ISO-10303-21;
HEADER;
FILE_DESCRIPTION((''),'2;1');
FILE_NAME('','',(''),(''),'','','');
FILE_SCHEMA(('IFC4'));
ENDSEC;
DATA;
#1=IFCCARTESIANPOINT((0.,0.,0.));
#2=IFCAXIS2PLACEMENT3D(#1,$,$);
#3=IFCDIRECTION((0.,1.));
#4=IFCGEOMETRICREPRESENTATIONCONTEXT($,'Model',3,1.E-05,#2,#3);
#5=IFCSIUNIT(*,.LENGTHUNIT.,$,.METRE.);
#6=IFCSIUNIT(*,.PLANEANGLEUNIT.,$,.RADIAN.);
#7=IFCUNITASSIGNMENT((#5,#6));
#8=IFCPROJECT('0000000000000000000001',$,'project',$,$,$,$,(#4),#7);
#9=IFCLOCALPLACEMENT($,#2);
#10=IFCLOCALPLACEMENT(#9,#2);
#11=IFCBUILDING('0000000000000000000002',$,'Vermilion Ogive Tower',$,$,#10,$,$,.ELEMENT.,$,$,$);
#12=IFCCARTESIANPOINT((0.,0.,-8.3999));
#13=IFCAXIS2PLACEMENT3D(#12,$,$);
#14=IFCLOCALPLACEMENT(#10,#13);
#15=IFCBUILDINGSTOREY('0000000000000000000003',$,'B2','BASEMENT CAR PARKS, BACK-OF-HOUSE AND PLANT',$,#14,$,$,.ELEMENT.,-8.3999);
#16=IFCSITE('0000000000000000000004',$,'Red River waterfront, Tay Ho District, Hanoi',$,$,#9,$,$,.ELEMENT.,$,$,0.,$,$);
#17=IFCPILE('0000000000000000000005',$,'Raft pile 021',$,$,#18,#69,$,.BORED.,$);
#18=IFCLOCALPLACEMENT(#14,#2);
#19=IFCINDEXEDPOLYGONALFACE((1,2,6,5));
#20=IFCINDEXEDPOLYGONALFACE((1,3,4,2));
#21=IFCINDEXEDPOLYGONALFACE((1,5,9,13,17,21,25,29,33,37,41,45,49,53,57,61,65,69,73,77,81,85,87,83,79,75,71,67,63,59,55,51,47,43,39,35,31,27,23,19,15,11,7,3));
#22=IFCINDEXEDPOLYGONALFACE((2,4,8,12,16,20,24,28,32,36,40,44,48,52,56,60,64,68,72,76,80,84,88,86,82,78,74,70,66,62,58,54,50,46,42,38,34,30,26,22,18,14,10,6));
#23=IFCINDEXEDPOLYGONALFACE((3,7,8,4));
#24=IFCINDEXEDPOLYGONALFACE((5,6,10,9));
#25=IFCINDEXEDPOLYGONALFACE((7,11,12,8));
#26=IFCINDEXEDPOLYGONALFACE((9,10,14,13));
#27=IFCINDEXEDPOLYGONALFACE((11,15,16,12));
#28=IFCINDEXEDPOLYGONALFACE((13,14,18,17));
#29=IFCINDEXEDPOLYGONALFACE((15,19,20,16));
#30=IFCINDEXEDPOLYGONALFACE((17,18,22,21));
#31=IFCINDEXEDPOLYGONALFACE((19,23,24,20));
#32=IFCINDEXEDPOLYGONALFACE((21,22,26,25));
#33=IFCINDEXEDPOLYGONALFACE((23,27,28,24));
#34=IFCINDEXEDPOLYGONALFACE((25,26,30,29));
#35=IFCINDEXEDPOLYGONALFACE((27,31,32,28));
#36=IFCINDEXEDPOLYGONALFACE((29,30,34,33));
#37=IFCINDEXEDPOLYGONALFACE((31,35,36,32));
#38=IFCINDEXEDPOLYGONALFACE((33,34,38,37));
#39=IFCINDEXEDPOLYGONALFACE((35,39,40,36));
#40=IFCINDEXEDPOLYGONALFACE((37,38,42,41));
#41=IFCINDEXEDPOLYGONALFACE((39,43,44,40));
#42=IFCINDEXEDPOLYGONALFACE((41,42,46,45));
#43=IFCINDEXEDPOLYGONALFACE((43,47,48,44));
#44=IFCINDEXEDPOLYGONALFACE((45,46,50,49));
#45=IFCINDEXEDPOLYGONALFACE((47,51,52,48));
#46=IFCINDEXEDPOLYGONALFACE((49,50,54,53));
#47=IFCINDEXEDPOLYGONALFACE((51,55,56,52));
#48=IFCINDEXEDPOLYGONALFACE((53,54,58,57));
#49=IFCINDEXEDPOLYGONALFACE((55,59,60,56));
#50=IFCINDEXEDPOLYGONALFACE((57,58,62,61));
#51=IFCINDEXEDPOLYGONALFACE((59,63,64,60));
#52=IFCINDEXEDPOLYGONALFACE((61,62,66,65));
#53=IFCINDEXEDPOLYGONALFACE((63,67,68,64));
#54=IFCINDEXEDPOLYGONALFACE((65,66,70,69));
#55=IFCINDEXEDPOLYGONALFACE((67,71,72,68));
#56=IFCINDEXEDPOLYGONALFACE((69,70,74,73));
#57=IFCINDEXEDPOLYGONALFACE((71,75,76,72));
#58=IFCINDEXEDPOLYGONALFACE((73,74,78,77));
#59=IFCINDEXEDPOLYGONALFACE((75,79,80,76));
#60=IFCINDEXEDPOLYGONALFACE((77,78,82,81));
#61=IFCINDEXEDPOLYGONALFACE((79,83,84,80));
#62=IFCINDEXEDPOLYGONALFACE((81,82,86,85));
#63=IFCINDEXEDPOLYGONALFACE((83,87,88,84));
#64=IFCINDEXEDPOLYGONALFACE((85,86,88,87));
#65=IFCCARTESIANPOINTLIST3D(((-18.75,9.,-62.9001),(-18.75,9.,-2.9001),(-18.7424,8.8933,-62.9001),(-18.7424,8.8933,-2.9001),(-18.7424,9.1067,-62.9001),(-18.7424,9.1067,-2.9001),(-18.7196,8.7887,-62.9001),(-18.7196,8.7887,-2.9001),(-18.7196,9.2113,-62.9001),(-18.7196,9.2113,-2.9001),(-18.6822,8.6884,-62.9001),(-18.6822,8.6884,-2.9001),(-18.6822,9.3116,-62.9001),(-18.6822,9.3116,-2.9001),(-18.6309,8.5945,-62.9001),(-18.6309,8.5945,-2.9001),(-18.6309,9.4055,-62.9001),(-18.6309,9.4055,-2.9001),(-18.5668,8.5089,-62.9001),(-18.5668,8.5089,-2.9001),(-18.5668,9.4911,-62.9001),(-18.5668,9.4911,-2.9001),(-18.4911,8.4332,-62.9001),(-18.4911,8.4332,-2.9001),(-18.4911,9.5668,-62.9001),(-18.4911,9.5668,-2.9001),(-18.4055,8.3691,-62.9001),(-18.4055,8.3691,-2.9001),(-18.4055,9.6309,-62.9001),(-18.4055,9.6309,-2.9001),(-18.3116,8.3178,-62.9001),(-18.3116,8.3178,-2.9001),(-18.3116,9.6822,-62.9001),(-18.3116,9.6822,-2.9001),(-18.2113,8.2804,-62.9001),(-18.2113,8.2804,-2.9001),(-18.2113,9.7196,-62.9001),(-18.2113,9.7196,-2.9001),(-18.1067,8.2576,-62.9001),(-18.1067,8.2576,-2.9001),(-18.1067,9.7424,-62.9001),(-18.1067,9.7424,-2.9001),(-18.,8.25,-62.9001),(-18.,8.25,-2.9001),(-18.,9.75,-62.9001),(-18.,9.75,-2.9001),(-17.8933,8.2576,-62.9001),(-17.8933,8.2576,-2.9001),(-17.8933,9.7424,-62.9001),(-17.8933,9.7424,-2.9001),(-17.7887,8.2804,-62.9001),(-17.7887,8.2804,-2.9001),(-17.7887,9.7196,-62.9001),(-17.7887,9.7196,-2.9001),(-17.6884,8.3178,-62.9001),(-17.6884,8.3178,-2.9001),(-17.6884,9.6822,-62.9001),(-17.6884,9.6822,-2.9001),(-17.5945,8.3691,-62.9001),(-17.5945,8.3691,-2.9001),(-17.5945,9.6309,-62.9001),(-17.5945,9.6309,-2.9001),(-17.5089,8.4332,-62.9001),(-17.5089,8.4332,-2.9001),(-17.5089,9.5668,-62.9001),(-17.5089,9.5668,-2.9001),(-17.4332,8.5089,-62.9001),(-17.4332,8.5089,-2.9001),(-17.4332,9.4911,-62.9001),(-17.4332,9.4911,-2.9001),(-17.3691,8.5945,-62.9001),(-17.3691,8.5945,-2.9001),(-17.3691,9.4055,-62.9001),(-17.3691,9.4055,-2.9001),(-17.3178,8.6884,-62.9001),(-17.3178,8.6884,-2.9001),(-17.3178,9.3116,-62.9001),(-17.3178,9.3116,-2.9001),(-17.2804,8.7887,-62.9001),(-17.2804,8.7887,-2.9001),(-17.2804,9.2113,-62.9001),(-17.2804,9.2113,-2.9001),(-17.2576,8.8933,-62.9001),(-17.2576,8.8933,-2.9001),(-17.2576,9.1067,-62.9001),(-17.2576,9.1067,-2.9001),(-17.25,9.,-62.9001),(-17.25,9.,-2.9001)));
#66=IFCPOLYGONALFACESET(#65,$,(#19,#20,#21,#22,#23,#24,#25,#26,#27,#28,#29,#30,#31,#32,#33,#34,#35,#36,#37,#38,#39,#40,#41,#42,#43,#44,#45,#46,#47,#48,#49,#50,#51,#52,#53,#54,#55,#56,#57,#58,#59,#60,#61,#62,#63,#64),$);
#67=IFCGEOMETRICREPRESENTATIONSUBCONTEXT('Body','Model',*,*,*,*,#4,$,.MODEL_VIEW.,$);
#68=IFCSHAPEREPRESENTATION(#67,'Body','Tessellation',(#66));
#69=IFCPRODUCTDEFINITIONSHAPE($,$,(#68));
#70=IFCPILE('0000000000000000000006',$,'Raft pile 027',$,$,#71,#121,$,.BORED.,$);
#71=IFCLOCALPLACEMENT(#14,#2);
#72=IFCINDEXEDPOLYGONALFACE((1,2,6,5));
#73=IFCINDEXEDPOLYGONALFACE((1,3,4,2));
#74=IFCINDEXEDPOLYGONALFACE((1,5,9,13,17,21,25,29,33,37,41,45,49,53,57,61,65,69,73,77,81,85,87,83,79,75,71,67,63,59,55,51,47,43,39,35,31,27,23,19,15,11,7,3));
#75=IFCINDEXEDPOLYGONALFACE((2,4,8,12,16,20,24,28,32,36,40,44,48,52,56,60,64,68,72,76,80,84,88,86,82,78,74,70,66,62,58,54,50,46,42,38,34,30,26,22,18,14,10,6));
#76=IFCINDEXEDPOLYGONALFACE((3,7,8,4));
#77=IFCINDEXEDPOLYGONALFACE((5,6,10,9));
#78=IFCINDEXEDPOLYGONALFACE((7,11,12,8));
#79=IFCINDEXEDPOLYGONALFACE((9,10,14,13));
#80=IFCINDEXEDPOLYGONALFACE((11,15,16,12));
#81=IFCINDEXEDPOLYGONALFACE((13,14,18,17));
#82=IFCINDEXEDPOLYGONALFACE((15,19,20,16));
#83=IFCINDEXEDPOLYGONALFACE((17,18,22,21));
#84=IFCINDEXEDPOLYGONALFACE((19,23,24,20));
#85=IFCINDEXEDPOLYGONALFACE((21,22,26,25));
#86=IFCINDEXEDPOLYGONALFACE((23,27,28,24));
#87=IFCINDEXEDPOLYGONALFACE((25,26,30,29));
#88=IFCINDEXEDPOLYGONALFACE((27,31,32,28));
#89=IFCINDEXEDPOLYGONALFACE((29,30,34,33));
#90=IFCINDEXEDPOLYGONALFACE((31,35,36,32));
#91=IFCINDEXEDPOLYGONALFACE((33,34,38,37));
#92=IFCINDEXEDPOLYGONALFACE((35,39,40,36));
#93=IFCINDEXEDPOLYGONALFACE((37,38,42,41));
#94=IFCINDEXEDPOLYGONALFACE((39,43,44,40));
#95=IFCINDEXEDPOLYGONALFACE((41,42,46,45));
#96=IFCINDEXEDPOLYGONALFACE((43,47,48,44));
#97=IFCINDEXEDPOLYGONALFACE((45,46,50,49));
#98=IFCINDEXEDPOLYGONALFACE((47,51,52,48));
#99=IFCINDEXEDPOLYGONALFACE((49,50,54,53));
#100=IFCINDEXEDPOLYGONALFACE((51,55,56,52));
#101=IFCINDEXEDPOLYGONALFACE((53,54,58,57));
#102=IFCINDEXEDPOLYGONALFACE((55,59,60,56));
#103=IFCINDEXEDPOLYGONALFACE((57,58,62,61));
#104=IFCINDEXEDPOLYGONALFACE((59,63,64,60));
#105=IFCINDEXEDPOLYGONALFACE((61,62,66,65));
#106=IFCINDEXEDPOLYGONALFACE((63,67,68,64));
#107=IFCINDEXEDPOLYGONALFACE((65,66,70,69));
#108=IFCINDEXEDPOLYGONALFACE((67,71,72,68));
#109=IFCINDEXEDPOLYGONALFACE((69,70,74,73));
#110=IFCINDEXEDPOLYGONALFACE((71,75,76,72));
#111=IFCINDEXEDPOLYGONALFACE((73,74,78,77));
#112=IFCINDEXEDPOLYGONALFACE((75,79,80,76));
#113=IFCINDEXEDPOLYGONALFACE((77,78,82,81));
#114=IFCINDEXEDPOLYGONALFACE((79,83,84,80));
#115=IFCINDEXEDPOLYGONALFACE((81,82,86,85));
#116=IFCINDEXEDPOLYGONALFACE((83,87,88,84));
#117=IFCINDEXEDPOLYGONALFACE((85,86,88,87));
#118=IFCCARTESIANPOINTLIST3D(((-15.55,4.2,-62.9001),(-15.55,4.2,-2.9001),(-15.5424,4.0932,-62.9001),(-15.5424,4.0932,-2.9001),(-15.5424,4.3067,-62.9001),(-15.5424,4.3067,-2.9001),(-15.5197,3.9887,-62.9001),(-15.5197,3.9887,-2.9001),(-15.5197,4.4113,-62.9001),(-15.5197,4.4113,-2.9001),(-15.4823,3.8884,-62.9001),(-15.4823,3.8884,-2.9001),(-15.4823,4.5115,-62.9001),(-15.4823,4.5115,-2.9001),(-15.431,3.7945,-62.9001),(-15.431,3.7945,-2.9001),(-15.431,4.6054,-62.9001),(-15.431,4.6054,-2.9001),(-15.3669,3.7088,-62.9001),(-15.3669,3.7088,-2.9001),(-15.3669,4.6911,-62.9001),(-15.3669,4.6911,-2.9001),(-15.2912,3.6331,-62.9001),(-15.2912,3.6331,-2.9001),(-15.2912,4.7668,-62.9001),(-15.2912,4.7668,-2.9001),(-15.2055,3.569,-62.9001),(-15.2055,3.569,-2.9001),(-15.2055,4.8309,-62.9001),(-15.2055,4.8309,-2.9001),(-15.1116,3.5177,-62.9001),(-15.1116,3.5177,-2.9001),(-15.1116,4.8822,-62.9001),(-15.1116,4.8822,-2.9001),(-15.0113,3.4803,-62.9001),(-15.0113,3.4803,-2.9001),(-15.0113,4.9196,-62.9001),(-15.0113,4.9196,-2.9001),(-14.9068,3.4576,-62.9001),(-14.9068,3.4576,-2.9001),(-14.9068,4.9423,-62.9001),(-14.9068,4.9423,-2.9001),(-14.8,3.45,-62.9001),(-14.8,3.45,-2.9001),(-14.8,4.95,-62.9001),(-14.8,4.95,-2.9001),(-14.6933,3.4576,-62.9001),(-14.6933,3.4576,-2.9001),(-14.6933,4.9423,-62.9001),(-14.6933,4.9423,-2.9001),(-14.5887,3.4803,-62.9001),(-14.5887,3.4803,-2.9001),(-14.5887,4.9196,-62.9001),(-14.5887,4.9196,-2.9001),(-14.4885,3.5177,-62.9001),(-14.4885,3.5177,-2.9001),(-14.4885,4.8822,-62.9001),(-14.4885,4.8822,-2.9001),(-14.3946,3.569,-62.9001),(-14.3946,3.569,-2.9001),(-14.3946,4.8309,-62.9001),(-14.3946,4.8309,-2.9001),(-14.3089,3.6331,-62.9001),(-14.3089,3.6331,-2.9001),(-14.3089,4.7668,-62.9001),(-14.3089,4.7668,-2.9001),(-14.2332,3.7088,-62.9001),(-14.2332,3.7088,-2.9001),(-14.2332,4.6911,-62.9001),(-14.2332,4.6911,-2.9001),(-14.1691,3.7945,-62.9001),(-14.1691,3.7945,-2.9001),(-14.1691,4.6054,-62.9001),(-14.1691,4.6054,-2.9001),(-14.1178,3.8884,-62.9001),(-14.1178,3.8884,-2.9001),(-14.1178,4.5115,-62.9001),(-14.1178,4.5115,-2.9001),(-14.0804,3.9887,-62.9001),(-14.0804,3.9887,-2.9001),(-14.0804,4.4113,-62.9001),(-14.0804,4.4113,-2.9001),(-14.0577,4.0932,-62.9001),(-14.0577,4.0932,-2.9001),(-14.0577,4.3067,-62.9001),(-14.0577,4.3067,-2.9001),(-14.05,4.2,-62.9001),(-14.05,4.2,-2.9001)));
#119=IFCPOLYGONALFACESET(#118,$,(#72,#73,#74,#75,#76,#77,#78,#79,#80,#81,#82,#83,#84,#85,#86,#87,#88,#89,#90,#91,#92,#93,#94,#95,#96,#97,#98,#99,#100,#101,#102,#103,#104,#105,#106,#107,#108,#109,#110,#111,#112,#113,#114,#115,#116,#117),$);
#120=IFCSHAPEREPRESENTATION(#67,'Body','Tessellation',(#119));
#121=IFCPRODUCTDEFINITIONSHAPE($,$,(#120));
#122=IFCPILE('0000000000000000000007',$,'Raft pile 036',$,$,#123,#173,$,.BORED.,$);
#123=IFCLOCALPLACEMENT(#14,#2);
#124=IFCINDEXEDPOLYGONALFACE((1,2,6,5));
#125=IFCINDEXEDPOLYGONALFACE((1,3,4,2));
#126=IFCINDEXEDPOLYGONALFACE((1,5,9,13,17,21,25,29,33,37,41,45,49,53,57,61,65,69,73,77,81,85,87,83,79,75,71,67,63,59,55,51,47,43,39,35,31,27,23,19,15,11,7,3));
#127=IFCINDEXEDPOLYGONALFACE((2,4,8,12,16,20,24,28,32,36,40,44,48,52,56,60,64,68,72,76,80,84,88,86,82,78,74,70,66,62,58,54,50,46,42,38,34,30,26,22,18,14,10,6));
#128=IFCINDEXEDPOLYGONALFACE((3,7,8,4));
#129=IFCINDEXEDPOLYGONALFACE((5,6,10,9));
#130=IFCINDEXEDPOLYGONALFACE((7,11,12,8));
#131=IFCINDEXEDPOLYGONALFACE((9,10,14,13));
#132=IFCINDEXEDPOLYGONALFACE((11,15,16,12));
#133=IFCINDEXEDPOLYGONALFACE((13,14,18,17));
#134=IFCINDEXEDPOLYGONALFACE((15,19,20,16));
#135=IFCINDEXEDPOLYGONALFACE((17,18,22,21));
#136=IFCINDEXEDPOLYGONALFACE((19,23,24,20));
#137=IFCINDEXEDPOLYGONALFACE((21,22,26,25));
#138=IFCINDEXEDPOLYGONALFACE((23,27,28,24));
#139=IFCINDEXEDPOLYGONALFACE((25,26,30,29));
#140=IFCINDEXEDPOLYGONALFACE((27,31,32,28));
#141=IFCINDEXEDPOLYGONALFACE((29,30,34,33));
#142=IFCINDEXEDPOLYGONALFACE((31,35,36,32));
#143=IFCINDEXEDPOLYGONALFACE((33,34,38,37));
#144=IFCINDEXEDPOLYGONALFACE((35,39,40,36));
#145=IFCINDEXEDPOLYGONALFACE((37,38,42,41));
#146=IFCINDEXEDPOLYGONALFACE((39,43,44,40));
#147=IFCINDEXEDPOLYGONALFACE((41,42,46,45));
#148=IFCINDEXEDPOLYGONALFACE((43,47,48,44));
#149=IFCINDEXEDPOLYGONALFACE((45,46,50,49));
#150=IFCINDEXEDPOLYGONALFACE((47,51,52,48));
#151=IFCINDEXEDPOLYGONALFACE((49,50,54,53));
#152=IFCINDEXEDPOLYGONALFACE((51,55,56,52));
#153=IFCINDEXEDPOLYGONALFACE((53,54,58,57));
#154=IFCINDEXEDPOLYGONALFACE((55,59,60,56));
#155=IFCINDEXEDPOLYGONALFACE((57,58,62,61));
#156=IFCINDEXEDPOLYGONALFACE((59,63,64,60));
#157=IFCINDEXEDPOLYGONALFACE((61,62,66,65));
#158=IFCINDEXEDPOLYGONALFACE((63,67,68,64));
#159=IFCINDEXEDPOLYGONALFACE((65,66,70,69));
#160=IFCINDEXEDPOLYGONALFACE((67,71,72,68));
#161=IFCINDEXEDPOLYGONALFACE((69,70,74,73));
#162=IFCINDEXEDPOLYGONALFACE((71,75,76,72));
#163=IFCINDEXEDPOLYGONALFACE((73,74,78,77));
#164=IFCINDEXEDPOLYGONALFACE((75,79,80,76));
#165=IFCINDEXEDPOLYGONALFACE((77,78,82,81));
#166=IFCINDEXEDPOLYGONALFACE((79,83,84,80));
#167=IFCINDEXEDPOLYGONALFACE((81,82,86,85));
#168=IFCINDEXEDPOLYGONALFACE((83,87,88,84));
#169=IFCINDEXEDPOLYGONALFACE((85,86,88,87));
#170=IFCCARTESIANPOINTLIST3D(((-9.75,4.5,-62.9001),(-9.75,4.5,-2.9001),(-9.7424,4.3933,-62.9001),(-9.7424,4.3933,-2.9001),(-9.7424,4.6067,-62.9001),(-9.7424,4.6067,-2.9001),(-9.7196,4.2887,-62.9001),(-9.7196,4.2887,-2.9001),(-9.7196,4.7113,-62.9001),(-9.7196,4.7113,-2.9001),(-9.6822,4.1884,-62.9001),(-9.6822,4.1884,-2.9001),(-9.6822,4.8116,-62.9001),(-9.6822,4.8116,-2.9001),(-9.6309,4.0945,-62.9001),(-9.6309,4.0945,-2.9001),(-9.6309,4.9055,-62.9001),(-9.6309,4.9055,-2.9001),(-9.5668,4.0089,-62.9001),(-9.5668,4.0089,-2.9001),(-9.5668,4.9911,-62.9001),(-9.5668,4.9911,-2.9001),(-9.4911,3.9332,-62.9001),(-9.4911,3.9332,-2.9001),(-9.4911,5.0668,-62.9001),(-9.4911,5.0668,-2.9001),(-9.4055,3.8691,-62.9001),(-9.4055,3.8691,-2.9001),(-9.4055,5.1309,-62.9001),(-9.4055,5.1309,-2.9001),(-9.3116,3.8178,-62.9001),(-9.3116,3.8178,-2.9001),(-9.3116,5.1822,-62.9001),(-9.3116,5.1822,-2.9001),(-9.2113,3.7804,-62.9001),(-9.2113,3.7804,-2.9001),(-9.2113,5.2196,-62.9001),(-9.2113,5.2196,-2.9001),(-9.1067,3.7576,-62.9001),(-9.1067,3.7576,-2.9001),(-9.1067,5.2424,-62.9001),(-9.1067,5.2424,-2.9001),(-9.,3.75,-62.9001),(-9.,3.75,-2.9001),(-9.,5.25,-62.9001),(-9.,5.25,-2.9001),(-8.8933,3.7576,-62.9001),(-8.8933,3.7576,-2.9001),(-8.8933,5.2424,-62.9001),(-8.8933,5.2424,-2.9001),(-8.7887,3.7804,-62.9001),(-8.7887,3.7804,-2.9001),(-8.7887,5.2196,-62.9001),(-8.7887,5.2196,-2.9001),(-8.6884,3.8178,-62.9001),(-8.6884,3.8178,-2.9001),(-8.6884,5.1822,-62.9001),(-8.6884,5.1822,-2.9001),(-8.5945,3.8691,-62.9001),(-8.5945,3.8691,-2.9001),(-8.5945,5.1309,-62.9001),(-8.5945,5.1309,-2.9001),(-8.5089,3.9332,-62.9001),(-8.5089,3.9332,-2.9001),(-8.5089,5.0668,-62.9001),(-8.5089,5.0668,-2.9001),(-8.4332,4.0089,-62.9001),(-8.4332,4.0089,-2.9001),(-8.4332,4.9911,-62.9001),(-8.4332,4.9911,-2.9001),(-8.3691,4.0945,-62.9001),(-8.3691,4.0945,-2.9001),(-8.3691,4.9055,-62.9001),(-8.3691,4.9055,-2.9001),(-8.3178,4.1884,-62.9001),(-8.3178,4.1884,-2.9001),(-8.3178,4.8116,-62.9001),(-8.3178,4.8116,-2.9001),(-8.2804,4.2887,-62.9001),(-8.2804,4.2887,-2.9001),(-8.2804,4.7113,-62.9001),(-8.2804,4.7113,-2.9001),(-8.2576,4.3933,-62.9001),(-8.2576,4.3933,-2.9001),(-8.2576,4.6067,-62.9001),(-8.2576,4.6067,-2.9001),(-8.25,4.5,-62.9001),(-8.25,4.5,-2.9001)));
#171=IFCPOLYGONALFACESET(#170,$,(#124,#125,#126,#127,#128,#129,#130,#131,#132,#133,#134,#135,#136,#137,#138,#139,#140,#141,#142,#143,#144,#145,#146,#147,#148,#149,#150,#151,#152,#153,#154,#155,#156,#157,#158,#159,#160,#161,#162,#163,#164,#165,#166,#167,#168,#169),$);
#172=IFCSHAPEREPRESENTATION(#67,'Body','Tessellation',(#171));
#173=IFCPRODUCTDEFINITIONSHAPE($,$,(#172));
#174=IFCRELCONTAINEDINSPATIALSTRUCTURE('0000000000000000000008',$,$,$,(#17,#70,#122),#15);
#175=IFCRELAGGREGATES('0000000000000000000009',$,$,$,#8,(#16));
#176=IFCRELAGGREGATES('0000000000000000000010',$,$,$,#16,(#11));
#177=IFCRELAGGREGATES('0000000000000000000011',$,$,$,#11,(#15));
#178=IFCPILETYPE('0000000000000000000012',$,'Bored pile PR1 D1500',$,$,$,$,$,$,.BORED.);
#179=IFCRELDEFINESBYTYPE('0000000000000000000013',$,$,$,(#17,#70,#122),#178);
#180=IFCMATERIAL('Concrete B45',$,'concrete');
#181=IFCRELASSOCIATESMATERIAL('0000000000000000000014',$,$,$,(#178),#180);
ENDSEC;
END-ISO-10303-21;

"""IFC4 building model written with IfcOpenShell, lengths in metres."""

from ifc_helpers import new_model, si_unit, direction, frame, origin, origin_2d, place, context, subcontext, project, spatial, circle, extrude, material, type_object, element, save


model = new_model("IFC4")

# Units and contexts
model_context = context("Model", 3, precision=1e-05, world=origin(), true_north=direction((0.0, 1.0)))
body_context = subcontext(model_context, "Body", "Model", "MODEL_VIEW")
ifc_project = project(units=[si_unit("LENGTHUNIT", "METRE"), si_unit("PLANEANGLEUNIT", "RADIAN")], contexts=[model_context])

# Site, building, storey
site_placement = place(None, origin())
site = spatial("IfcSite", under=ifc_project, at=site_placement, Name="Red River waterfront, Tay Ho District, Hanoi", CompositionType="ELEMENT", RefElevation=0.0)
building_placement = place(site_placement, origin())
building = spatial("IfcBuilding", under=site, at=building_placement, Name="Vermilion Ogive Tower", CompositionType="ELEMENT")
storey_placement = place(building_placement, frame((0.0, 0.0, -8.3999)))
storey = spatial("IfcBuildingStorey", under=building, at=storey_placement, Name="B2", Description="BASEMENT CAR PARKS, BACK-OF-HOUSE AND PLANT", CompositionType="ELEMENT", Elevation=-8.3999)

# Piles
ifc_material_1 = material(Name="Concrete B45", Category="concrete")
pile_type = type_object("IfcPileType", Name="Bored pile PR1 D1500", PredefinedType="BORED", material=ifc_material_1)
for number, where, z_axis, x_axis, name in (
    (1, (-18.0, 9.0, -2.9001), (0.0, 0.0, -1.0), (1.0, 0.0, 0.0), "Raft pile 021"),
    (2, (-14.8, 4.2, -2.9001), (0.0, 0.0, -1.0), (1.0, 0.0, 0.0), "Raft pile 027"),
    (3, (-9.0, 4.5, -2.9001), (0.0, 0.0, -1.0), (1.0, 0.0, 0.0), "Raft pile 036"),
):
    element("IfcPile", number, at=place(storey_placement, frame(where, z_axis=z_axis, x_axis=x_axis)), inside=storey, type_object=pile_type, Name=name, PredefinedType="BORED", context=body_context, shape_type="SweptSolid", body=[
        extrude(circle(Radius=0.75, at=origin_2d()), origin(), (0.0, 0.0, 1.0), 60.0),
    ])

save(model, "model.ifc")
